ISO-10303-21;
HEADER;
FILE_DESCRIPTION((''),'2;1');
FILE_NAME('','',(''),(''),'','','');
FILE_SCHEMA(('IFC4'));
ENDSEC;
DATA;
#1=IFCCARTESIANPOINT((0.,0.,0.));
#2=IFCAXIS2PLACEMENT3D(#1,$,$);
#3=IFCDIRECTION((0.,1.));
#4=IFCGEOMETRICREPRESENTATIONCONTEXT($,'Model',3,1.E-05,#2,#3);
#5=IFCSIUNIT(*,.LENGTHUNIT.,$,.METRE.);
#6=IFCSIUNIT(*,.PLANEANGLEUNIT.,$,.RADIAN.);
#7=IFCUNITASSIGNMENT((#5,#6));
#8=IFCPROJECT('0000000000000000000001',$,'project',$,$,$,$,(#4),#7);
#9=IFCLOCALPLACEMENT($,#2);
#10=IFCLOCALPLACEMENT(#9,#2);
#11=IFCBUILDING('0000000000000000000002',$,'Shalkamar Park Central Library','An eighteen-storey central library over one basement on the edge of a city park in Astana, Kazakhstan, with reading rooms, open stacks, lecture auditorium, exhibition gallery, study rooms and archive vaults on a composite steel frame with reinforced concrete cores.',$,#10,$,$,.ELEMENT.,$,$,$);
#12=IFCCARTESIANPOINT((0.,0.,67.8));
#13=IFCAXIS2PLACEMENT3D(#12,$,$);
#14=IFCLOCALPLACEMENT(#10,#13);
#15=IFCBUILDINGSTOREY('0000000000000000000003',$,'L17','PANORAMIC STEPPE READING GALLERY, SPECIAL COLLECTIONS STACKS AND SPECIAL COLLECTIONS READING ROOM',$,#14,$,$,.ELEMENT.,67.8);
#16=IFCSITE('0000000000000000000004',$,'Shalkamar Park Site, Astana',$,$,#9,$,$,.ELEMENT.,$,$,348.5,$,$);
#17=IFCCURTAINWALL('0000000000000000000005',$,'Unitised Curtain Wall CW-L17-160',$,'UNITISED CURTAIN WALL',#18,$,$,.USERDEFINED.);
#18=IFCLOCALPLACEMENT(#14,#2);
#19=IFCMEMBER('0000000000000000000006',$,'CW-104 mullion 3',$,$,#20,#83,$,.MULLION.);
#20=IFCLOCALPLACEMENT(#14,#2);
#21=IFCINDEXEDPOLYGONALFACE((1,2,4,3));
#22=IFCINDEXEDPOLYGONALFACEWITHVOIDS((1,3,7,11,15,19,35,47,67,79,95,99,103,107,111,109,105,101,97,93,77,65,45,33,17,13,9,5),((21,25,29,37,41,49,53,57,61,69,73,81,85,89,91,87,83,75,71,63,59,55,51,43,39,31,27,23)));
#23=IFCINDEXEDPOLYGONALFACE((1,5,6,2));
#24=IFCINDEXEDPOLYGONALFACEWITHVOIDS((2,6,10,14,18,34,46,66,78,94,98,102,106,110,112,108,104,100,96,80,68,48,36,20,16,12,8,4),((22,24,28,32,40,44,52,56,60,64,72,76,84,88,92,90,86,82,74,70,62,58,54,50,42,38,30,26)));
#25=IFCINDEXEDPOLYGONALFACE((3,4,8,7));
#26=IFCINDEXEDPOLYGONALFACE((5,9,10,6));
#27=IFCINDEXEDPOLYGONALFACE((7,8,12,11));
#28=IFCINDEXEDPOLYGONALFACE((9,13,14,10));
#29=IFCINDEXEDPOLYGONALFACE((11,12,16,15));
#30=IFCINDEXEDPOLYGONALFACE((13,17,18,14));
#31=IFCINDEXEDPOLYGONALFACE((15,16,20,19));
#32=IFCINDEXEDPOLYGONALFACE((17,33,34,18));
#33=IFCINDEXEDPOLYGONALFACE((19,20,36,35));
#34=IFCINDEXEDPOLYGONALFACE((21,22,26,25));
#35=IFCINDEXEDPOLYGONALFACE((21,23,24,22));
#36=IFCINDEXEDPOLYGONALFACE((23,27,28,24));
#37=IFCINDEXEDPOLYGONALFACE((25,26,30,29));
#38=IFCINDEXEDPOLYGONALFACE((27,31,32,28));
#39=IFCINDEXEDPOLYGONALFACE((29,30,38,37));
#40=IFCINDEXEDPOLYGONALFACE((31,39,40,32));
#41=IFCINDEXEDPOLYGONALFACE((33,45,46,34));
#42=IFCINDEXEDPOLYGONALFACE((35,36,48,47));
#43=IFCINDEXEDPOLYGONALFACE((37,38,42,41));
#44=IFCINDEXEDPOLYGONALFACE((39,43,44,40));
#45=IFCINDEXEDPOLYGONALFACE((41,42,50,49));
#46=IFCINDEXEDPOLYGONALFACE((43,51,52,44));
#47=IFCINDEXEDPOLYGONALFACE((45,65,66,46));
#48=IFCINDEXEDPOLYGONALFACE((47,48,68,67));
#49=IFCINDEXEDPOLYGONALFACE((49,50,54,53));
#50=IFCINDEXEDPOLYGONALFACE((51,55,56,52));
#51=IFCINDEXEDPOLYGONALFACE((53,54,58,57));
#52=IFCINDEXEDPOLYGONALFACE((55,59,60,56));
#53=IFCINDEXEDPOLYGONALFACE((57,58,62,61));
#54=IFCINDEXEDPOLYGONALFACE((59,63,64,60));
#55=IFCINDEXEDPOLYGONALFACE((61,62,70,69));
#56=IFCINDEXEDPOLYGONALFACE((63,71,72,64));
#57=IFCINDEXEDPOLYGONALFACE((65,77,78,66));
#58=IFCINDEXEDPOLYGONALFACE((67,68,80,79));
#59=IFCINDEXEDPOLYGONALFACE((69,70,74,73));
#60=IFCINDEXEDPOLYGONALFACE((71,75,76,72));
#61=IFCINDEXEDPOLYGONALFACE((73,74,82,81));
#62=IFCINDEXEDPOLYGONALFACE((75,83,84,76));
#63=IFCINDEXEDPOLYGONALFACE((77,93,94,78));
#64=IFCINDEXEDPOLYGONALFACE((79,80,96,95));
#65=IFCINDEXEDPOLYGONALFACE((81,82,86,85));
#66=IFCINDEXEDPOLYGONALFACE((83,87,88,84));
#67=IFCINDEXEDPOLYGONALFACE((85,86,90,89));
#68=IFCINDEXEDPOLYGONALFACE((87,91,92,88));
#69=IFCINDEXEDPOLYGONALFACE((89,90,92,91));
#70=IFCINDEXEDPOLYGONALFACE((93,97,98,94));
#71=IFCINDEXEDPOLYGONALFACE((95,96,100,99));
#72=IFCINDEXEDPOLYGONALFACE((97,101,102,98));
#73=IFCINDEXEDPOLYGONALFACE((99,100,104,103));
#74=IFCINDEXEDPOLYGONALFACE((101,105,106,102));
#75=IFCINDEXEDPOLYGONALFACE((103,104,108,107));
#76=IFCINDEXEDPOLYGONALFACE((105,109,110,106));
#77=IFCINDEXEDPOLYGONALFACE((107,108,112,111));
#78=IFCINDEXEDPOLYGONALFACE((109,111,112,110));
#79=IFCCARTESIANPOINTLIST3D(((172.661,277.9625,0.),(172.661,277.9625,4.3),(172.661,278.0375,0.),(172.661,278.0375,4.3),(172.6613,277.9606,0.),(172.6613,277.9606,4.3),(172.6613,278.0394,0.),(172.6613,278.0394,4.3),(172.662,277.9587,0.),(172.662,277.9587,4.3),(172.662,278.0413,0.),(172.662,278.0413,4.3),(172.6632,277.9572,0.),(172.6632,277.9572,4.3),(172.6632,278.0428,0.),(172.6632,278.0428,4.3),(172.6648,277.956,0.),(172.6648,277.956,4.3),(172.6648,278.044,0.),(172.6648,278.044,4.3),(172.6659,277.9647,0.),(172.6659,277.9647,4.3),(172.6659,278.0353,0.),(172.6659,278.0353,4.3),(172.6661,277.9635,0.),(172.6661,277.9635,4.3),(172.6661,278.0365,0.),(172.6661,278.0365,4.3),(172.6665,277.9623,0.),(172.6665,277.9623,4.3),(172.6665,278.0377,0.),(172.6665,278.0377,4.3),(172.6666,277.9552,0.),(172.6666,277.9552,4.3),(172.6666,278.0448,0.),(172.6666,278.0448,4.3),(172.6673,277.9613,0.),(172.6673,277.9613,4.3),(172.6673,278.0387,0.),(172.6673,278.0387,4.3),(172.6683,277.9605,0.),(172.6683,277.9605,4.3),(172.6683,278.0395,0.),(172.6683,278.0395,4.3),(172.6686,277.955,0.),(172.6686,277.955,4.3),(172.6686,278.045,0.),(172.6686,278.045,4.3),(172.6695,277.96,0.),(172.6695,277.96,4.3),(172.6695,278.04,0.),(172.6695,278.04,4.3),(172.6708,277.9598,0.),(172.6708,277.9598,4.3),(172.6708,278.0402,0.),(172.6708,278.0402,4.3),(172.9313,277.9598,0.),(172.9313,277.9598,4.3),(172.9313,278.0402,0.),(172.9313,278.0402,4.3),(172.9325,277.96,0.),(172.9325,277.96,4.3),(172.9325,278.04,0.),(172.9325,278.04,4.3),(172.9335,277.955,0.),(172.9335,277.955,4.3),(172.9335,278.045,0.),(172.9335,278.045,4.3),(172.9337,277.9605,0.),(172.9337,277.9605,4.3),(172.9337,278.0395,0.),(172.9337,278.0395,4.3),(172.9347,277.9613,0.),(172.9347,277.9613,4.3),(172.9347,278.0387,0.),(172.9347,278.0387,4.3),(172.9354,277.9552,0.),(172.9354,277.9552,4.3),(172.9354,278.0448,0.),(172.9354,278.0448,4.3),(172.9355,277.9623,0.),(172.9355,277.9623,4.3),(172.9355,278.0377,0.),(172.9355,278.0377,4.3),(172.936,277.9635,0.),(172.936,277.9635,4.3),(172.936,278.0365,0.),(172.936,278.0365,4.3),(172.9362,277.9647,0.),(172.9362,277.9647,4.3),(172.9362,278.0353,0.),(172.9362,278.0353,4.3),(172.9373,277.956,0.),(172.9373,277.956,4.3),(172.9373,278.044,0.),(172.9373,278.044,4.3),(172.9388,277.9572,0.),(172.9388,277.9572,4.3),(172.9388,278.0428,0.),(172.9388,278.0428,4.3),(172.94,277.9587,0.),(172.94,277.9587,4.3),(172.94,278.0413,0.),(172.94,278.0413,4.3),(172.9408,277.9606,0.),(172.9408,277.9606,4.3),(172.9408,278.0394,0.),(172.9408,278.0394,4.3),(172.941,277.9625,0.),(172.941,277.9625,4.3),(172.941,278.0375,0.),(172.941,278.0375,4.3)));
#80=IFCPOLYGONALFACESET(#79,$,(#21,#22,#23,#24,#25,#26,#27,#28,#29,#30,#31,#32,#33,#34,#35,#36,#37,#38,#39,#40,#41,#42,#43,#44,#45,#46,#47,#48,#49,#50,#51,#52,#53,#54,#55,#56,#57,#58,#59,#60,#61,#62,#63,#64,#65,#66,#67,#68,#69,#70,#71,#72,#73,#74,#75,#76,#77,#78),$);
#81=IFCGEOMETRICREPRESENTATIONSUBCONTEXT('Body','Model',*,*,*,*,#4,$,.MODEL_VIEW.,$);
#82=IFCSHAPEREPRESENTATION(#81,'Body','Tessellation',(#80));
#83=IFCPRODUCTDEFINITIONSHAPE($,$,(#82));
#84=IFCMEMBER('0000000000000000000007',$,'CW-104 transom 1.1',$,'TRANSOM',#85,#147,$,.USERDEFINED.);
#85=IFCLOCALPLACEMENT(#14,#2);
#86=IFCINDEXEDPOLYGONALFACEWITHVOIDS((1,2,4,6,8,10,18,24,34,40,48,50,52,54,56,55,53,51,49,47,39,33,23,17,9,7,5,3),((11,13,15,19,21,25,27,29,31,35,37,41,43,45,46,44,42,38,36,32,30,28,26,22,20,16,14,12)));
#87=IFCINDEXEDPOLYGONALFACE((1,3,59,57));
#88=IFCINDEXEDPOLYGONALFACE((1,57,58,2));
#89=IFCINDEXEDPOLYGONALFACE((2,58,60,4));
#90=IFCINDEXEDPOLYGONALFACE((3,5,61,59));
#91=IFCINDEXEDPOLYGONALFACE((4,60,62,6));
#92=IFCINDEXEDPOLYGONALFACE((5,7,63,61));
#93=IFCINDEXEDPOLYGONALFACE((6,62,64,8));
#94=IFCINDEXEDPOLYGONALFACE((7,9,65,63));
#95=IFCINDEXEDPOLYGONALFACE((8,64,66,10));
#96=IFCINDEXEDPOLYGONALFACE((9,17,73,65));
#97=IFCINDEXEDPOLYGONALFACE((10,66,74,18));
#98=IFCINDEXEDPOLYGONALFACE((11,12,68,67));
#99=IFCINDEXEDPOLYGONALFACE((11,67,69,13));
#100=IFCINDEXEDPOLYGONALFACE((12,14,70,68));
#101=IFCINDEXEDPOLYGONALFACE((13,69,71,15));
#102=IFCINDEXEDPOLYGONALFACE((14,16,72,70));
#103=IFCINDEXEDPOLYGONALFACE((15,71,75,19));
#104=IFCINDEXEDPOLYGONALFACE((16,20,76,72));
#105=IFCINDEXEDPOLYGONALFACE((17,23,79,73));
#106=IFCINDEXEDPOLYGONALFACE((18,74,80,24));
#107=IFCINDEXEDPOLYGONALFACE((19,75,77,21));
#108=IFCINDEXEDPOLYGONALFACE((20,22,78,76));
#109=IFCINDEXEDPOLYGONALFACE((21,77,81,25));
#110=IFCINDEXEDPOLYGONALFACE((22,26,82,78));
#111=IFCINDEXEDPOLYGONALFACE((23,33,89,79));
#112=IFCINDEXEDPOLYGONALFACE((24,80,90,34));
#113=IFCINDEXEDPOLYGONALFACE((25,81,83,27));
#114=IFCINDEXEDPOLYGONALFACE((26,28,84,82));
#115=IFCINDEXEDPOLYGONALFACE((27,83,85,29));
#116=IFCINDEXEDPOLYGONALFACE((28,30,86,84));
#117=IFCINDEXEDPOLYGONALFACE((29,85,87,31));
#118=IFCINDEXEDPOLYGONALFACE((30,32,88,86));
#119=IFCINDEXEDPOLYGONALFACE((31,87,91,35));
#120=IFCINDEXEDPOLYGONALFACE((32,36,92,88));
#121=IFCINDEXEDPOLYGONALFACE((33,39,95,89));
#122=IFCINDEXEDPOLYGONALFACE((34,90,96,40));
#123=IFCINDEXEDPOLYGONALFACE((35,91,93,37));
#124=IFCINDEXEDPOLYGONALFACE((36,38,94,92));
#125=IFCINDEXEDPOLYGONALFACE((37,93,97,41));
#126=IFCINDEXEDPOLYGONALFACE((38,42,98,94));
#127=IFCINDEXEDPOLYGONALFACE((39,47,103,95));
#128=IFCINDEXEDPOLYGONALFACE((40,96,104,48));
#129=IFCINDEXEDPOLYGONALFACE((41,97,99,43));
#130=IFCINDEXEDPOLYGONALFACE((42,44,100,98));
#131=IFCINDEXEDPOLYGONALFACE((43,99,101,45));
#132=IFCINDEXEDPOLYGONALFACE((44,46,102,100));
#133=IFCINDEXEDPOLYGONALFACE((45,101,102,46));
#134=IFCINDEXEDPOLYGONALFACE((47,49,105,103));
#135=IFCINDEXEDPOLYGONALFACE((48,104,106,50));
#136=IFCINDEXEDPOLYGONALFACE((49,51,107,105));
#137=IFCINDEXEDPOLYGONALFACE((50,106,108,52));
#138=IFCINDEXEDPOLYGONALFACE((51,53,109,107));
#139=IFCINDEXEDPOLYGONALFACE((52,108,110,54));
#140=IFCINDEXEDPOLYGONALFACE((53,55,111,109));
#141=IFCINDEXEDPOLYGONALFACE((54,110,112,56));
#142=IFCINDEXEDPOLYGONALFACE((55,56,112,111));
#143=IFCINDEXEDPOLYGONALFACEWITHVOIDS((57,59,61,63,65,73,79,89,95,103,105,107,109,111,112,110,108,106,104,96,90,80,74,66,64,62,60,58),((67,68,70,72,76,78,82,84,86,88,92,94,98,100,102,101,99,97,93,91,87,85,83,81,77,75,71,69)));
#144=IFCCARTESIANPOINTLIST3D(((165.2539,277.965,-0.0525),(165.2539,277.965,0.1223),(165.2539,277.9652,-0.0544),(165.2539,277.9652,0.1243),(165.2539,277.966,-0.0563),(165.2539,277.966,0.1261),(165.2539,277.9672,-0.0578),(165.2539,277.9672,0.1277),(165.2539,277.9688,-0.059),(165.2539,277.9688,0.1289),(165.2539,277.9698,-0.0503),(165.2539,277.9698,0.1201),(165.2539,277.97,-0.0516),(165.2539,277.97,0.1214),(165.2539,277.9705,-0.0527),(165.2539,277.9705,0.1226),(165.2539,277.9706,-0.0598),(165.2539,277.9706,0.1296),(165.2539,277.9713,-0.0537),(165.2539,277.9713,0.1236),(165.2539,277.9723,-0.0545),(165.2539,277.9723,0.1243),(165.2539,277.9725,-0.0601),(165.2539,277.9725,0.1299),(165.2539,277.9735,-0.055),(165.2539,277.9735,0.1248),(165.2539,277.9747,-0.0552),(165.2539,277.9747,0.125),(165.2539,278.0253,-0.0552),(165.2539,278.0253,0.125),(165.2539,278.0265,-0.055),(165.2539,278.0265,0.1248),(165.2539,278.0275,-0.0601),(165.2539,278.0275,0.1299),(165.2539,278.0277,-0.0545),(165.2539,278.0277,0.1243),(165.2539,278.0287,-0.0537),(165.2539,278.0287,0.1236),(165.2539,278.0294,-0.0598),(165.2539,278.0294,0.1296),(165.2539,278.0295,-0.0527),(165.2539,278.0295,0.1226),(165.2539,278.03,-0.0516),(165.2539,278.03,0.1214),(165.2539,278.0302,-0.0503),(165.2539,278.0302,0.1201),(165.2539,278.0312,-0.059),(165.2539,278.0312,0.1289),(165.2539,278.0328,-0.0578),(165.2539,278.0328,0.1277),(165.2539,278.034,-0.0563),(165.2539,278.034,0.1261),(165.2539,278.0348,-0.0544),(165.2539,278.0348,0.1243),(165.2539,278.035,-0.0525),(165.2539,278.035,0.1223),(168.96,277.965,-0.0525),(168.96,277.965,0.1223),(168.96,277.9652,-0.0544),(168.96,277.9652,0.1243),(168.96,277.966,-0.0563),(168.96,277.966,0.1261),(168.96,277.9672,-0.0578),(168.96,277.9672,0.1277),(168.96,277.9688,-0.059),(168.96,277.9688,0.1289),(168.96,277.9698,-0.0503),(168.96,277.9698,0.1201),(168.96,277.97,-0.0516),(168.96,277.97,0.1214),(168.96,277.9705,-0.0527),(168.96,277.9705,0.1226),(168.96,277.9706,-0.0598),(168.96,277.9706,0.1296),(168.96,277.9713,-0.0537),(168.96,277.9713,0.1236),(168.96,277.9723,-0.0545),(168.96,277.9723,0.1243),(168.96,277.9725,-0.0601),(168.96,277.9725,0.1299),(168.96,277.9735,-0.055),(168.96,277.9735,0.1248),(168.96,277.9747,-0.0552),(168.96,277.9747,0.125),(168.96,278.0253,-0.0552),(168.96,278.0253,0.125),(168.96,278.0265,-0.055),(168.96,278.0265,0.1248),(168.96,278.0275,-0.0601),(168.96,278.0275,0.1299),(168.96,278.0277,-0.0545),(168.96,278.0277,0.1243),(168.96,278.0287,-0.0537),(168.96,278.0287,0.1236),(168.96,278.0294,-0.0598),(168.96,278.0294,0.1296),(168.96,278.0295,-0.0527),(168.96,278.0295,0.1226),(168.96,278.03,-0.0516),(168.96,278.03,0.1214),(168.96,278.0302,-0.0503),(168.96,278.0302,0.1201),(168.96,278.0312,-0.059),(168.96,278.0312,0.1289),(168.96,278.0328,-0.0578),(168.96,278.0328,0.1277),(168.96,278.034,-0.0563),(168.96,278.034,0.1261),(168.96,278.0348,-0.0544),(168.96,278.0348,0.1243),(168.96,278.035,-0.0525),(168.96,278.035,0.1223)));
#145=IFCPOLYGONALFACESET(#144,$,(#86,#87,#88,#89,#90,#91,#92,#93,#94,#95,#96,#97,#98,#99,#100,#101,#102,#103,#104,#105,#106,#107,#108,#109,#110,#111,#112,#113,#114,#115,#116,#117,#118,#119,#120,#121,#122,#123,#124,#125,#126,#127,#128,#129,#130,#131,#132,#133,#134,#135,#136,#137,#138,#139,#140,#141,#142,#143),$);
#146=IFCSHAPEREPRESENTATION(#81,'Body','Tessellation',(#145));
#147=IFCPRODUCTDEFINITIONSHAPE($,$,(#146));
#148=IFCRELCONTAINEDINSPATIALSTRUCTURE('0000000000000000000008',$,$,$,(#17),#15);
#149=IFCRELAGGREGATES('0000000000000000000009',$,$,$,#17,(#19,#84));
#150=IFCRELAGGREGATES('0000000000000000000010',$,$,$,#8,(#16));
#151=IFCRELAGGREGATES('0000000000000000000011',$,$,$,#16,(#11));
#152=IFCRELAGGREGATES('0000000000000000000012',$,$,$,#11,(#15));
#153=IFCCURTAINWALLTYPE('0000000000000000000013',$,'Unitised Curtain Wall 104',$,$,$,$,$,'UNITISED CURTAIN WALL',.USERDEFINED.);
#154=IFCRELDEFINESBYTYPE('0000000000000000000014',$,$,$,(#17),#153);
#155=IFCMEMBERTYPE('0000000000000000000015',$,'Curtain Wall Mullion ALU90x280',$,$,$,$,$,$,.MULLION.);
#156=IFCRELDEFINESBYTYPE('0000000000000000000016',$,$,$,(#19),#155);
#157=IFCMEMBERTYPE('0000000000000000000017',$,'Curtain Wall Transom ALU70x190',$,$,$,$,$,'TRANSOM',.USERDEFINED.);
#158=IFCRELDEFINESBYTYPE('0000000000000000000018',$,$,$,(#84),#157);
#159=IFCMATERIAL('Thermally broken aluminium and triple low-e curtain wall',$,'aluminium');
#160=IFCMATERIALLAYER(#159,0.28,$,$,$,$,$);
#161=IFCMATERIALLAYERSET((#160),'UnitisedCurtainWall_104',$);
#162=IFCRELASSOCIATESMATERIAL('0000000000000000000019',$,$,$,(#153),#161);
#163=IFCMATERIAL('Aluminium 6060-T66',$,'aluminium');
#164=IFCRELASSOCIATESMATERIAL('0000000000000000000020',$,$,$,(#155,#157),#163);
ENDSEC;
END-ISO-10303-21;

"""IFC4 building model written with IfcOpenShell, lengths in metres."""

from ifc_helpers import new_model, si_unit, direction, frame, origin, origin_2d, place, context, subcontext, project, spatial, hollow_rectangle, extrude, material, layer, layer_set, material_profile, profile_set, type_object, element, aggregate, save


model = new_model("IFC4")

# Units and contexts
model_context = context("Model", 3, precision=1e-05, world=origin(), true_north=direction((0.0, 1.0)))
body_context = subcontext(model_context, "Body", "Model", "MODEL_VIEW")
ifc_project = project(units=[si_unit("LENGTHUNIT", "METRE"), si_unit("PLANEANGLEUNIT", "RADIAN")], contexts=[model_context])

# Site, building, storey
site_placement = place(None, origin())
site = spatial("IfcSite", under=ifc_project, at=site_placement, Name="Shalkamar Park Site, Astana", CompositionType="ELEMENT", RefElevation=348.5)
building_placement = place(site_placement, origin())
building = spatial("IfcBuilding", under=site, at=building_placement, Name="Shalkamar Park Central Library", Description="An eighteen-storey central library over one basement on the edge of a city park in Astana, Kazakhstan, with reading rooms, open stacks, lecture auditorium, exhibition gallery, study rooms and archive vaults on a composite steel frame with reinforced concrete cores.", CompositionType="ELEMENT")
storey_placement = place(building_placement, frame((0.0, 0.0, 67.8)))
storey = spatial("IfcBuildingStorey", under=building, at=storey_placement, Name="L17", Description="PANORAMIC STEPPE READING GALLERY, SPECIAL COLLECTIONS STACKS AND SPECIAL COLLECTIONS READING ROOM", CompositionType="ELEMENT", Elevation=67.8)

# Curtain wall, members
ifc_material_1 = material(Name="Thermally broken aluminium and triple low-e curtain wall", Category="aluminium")
ifc_layer_1 = layer(ifc_material_1, 0.28)
ifc_layer_set_1 = layer_set([ifc_layer_1], Name="UnitisedCurtainWall_104")
curtain_wall_type = type_object("IfcCurtainWallType", Name="Unitised Curtain Wall 104", ElementType="UNITISED CURTAIN WALL", PredefinedType="USERDEFINED", material=ifc_layer_set_1)
curtain_wall_placement = place(storey_placement, origin())
curtain_wall = element("IfcCurtainWall", 1, at=curtain_wall_placement, inside=storey, type_object=curtain_wall_type, Name="Unitised Curtain Wall CW-L17-160", ObjectType="UNITISED CURTAIN WALL", PredefinedType="USERDEFINED")
ifc_material_2 = material(Name="Aluminium 6060-T66", Category="aluminium")
ifc_material_profile_1 = material_profile(ifc_material_2, hollow_rectangle(XDim=0.0901, YDim=0.28, WallThickness=0.0049, InnerFilletRadius=0.0049, OuterFilletRadius=0.0076, at=origin_2d()), Name="ALU 90x280x5")
ifc_profile_set_1 = profile_set([ifc_material_profile_1], Name="Aluminium 6060-T66")
member_type_1 = type_object("IfcMemberType", Name="Curtain Wall Mullion ALU90x280", PredefinedType="MULLION", material=ifc_profile_set_1)
member_1_placement = place(storey_placement, frame((172.801, 278.0, 0.0), z_axis=(0.0, 0.0, 1.0), x_axis=(0.0, 1.0, 0.0)))
member_1 = element("IfcMember", 2, at=member_1_placement, type_object=member_type_1, Name="CW-104 mullion 3", PredefinedType="MULLION", context=body_context, shape_type="SweptSolid", body=[
    extrude(hollow_rectangle(XDim=0.0901, YDim=0.28, WallThickness=0.0049, InnerFilletRadius=0.0049, OuterFilletRadius=0.0076, at=origin_2d()), origin(), (0.0, 0.0, 1.0), 4.3),
])
ifc_material_profile_2 = material_profile(ifc_material_2, hollow_rectangle(XDim=0.0701, YDim=0.1899, WallThickness=0.0049, InnerFilletRadius=0.0049, OuterFilletRadius=0.0076, at=origin_2d()), Name="ALU 70x190x5")
ifc_profile_set_2 = profile_set([ifc_material_profile_2], Name="Aluminium 6060-T66")
member_type_2 = type_object("IfcMemberType", Name="Curtain Wall Transom ALU70x190", ElementType="TRANSOM", PredefinedType="USERDEFINED", material=ifc_profile_set_2)
member_2_placement = place(storey_placement, frame((165.2539, 278.0, 0.0349), z_axis=(1.0, 0.0, 0.0), x_axis=(0.0, 1.0, 0.0)))
member_2 = element("IfcMember", 3, at=member_2_placement, type_object=member_type_2, Name="CW-104 transom 1.1", ObjectType="TRANSOM", PredefinedType="USERDEFINED", context=body_context, shape_type="SweptSolid", body=[
    extrude(hollow_rectangle(XDim=0.0701, YDim=0.1899, WallThickness=0.0049, InnerFilletRadius=0.0049, OuterFilletRadius=0.0076, at=origin_2d()), origin(), (0.0, 0.0, 1.0), 3.7061),
])

aggregate(curtain_wall, [member_1, member_2])

save(model, "model.ifc")
